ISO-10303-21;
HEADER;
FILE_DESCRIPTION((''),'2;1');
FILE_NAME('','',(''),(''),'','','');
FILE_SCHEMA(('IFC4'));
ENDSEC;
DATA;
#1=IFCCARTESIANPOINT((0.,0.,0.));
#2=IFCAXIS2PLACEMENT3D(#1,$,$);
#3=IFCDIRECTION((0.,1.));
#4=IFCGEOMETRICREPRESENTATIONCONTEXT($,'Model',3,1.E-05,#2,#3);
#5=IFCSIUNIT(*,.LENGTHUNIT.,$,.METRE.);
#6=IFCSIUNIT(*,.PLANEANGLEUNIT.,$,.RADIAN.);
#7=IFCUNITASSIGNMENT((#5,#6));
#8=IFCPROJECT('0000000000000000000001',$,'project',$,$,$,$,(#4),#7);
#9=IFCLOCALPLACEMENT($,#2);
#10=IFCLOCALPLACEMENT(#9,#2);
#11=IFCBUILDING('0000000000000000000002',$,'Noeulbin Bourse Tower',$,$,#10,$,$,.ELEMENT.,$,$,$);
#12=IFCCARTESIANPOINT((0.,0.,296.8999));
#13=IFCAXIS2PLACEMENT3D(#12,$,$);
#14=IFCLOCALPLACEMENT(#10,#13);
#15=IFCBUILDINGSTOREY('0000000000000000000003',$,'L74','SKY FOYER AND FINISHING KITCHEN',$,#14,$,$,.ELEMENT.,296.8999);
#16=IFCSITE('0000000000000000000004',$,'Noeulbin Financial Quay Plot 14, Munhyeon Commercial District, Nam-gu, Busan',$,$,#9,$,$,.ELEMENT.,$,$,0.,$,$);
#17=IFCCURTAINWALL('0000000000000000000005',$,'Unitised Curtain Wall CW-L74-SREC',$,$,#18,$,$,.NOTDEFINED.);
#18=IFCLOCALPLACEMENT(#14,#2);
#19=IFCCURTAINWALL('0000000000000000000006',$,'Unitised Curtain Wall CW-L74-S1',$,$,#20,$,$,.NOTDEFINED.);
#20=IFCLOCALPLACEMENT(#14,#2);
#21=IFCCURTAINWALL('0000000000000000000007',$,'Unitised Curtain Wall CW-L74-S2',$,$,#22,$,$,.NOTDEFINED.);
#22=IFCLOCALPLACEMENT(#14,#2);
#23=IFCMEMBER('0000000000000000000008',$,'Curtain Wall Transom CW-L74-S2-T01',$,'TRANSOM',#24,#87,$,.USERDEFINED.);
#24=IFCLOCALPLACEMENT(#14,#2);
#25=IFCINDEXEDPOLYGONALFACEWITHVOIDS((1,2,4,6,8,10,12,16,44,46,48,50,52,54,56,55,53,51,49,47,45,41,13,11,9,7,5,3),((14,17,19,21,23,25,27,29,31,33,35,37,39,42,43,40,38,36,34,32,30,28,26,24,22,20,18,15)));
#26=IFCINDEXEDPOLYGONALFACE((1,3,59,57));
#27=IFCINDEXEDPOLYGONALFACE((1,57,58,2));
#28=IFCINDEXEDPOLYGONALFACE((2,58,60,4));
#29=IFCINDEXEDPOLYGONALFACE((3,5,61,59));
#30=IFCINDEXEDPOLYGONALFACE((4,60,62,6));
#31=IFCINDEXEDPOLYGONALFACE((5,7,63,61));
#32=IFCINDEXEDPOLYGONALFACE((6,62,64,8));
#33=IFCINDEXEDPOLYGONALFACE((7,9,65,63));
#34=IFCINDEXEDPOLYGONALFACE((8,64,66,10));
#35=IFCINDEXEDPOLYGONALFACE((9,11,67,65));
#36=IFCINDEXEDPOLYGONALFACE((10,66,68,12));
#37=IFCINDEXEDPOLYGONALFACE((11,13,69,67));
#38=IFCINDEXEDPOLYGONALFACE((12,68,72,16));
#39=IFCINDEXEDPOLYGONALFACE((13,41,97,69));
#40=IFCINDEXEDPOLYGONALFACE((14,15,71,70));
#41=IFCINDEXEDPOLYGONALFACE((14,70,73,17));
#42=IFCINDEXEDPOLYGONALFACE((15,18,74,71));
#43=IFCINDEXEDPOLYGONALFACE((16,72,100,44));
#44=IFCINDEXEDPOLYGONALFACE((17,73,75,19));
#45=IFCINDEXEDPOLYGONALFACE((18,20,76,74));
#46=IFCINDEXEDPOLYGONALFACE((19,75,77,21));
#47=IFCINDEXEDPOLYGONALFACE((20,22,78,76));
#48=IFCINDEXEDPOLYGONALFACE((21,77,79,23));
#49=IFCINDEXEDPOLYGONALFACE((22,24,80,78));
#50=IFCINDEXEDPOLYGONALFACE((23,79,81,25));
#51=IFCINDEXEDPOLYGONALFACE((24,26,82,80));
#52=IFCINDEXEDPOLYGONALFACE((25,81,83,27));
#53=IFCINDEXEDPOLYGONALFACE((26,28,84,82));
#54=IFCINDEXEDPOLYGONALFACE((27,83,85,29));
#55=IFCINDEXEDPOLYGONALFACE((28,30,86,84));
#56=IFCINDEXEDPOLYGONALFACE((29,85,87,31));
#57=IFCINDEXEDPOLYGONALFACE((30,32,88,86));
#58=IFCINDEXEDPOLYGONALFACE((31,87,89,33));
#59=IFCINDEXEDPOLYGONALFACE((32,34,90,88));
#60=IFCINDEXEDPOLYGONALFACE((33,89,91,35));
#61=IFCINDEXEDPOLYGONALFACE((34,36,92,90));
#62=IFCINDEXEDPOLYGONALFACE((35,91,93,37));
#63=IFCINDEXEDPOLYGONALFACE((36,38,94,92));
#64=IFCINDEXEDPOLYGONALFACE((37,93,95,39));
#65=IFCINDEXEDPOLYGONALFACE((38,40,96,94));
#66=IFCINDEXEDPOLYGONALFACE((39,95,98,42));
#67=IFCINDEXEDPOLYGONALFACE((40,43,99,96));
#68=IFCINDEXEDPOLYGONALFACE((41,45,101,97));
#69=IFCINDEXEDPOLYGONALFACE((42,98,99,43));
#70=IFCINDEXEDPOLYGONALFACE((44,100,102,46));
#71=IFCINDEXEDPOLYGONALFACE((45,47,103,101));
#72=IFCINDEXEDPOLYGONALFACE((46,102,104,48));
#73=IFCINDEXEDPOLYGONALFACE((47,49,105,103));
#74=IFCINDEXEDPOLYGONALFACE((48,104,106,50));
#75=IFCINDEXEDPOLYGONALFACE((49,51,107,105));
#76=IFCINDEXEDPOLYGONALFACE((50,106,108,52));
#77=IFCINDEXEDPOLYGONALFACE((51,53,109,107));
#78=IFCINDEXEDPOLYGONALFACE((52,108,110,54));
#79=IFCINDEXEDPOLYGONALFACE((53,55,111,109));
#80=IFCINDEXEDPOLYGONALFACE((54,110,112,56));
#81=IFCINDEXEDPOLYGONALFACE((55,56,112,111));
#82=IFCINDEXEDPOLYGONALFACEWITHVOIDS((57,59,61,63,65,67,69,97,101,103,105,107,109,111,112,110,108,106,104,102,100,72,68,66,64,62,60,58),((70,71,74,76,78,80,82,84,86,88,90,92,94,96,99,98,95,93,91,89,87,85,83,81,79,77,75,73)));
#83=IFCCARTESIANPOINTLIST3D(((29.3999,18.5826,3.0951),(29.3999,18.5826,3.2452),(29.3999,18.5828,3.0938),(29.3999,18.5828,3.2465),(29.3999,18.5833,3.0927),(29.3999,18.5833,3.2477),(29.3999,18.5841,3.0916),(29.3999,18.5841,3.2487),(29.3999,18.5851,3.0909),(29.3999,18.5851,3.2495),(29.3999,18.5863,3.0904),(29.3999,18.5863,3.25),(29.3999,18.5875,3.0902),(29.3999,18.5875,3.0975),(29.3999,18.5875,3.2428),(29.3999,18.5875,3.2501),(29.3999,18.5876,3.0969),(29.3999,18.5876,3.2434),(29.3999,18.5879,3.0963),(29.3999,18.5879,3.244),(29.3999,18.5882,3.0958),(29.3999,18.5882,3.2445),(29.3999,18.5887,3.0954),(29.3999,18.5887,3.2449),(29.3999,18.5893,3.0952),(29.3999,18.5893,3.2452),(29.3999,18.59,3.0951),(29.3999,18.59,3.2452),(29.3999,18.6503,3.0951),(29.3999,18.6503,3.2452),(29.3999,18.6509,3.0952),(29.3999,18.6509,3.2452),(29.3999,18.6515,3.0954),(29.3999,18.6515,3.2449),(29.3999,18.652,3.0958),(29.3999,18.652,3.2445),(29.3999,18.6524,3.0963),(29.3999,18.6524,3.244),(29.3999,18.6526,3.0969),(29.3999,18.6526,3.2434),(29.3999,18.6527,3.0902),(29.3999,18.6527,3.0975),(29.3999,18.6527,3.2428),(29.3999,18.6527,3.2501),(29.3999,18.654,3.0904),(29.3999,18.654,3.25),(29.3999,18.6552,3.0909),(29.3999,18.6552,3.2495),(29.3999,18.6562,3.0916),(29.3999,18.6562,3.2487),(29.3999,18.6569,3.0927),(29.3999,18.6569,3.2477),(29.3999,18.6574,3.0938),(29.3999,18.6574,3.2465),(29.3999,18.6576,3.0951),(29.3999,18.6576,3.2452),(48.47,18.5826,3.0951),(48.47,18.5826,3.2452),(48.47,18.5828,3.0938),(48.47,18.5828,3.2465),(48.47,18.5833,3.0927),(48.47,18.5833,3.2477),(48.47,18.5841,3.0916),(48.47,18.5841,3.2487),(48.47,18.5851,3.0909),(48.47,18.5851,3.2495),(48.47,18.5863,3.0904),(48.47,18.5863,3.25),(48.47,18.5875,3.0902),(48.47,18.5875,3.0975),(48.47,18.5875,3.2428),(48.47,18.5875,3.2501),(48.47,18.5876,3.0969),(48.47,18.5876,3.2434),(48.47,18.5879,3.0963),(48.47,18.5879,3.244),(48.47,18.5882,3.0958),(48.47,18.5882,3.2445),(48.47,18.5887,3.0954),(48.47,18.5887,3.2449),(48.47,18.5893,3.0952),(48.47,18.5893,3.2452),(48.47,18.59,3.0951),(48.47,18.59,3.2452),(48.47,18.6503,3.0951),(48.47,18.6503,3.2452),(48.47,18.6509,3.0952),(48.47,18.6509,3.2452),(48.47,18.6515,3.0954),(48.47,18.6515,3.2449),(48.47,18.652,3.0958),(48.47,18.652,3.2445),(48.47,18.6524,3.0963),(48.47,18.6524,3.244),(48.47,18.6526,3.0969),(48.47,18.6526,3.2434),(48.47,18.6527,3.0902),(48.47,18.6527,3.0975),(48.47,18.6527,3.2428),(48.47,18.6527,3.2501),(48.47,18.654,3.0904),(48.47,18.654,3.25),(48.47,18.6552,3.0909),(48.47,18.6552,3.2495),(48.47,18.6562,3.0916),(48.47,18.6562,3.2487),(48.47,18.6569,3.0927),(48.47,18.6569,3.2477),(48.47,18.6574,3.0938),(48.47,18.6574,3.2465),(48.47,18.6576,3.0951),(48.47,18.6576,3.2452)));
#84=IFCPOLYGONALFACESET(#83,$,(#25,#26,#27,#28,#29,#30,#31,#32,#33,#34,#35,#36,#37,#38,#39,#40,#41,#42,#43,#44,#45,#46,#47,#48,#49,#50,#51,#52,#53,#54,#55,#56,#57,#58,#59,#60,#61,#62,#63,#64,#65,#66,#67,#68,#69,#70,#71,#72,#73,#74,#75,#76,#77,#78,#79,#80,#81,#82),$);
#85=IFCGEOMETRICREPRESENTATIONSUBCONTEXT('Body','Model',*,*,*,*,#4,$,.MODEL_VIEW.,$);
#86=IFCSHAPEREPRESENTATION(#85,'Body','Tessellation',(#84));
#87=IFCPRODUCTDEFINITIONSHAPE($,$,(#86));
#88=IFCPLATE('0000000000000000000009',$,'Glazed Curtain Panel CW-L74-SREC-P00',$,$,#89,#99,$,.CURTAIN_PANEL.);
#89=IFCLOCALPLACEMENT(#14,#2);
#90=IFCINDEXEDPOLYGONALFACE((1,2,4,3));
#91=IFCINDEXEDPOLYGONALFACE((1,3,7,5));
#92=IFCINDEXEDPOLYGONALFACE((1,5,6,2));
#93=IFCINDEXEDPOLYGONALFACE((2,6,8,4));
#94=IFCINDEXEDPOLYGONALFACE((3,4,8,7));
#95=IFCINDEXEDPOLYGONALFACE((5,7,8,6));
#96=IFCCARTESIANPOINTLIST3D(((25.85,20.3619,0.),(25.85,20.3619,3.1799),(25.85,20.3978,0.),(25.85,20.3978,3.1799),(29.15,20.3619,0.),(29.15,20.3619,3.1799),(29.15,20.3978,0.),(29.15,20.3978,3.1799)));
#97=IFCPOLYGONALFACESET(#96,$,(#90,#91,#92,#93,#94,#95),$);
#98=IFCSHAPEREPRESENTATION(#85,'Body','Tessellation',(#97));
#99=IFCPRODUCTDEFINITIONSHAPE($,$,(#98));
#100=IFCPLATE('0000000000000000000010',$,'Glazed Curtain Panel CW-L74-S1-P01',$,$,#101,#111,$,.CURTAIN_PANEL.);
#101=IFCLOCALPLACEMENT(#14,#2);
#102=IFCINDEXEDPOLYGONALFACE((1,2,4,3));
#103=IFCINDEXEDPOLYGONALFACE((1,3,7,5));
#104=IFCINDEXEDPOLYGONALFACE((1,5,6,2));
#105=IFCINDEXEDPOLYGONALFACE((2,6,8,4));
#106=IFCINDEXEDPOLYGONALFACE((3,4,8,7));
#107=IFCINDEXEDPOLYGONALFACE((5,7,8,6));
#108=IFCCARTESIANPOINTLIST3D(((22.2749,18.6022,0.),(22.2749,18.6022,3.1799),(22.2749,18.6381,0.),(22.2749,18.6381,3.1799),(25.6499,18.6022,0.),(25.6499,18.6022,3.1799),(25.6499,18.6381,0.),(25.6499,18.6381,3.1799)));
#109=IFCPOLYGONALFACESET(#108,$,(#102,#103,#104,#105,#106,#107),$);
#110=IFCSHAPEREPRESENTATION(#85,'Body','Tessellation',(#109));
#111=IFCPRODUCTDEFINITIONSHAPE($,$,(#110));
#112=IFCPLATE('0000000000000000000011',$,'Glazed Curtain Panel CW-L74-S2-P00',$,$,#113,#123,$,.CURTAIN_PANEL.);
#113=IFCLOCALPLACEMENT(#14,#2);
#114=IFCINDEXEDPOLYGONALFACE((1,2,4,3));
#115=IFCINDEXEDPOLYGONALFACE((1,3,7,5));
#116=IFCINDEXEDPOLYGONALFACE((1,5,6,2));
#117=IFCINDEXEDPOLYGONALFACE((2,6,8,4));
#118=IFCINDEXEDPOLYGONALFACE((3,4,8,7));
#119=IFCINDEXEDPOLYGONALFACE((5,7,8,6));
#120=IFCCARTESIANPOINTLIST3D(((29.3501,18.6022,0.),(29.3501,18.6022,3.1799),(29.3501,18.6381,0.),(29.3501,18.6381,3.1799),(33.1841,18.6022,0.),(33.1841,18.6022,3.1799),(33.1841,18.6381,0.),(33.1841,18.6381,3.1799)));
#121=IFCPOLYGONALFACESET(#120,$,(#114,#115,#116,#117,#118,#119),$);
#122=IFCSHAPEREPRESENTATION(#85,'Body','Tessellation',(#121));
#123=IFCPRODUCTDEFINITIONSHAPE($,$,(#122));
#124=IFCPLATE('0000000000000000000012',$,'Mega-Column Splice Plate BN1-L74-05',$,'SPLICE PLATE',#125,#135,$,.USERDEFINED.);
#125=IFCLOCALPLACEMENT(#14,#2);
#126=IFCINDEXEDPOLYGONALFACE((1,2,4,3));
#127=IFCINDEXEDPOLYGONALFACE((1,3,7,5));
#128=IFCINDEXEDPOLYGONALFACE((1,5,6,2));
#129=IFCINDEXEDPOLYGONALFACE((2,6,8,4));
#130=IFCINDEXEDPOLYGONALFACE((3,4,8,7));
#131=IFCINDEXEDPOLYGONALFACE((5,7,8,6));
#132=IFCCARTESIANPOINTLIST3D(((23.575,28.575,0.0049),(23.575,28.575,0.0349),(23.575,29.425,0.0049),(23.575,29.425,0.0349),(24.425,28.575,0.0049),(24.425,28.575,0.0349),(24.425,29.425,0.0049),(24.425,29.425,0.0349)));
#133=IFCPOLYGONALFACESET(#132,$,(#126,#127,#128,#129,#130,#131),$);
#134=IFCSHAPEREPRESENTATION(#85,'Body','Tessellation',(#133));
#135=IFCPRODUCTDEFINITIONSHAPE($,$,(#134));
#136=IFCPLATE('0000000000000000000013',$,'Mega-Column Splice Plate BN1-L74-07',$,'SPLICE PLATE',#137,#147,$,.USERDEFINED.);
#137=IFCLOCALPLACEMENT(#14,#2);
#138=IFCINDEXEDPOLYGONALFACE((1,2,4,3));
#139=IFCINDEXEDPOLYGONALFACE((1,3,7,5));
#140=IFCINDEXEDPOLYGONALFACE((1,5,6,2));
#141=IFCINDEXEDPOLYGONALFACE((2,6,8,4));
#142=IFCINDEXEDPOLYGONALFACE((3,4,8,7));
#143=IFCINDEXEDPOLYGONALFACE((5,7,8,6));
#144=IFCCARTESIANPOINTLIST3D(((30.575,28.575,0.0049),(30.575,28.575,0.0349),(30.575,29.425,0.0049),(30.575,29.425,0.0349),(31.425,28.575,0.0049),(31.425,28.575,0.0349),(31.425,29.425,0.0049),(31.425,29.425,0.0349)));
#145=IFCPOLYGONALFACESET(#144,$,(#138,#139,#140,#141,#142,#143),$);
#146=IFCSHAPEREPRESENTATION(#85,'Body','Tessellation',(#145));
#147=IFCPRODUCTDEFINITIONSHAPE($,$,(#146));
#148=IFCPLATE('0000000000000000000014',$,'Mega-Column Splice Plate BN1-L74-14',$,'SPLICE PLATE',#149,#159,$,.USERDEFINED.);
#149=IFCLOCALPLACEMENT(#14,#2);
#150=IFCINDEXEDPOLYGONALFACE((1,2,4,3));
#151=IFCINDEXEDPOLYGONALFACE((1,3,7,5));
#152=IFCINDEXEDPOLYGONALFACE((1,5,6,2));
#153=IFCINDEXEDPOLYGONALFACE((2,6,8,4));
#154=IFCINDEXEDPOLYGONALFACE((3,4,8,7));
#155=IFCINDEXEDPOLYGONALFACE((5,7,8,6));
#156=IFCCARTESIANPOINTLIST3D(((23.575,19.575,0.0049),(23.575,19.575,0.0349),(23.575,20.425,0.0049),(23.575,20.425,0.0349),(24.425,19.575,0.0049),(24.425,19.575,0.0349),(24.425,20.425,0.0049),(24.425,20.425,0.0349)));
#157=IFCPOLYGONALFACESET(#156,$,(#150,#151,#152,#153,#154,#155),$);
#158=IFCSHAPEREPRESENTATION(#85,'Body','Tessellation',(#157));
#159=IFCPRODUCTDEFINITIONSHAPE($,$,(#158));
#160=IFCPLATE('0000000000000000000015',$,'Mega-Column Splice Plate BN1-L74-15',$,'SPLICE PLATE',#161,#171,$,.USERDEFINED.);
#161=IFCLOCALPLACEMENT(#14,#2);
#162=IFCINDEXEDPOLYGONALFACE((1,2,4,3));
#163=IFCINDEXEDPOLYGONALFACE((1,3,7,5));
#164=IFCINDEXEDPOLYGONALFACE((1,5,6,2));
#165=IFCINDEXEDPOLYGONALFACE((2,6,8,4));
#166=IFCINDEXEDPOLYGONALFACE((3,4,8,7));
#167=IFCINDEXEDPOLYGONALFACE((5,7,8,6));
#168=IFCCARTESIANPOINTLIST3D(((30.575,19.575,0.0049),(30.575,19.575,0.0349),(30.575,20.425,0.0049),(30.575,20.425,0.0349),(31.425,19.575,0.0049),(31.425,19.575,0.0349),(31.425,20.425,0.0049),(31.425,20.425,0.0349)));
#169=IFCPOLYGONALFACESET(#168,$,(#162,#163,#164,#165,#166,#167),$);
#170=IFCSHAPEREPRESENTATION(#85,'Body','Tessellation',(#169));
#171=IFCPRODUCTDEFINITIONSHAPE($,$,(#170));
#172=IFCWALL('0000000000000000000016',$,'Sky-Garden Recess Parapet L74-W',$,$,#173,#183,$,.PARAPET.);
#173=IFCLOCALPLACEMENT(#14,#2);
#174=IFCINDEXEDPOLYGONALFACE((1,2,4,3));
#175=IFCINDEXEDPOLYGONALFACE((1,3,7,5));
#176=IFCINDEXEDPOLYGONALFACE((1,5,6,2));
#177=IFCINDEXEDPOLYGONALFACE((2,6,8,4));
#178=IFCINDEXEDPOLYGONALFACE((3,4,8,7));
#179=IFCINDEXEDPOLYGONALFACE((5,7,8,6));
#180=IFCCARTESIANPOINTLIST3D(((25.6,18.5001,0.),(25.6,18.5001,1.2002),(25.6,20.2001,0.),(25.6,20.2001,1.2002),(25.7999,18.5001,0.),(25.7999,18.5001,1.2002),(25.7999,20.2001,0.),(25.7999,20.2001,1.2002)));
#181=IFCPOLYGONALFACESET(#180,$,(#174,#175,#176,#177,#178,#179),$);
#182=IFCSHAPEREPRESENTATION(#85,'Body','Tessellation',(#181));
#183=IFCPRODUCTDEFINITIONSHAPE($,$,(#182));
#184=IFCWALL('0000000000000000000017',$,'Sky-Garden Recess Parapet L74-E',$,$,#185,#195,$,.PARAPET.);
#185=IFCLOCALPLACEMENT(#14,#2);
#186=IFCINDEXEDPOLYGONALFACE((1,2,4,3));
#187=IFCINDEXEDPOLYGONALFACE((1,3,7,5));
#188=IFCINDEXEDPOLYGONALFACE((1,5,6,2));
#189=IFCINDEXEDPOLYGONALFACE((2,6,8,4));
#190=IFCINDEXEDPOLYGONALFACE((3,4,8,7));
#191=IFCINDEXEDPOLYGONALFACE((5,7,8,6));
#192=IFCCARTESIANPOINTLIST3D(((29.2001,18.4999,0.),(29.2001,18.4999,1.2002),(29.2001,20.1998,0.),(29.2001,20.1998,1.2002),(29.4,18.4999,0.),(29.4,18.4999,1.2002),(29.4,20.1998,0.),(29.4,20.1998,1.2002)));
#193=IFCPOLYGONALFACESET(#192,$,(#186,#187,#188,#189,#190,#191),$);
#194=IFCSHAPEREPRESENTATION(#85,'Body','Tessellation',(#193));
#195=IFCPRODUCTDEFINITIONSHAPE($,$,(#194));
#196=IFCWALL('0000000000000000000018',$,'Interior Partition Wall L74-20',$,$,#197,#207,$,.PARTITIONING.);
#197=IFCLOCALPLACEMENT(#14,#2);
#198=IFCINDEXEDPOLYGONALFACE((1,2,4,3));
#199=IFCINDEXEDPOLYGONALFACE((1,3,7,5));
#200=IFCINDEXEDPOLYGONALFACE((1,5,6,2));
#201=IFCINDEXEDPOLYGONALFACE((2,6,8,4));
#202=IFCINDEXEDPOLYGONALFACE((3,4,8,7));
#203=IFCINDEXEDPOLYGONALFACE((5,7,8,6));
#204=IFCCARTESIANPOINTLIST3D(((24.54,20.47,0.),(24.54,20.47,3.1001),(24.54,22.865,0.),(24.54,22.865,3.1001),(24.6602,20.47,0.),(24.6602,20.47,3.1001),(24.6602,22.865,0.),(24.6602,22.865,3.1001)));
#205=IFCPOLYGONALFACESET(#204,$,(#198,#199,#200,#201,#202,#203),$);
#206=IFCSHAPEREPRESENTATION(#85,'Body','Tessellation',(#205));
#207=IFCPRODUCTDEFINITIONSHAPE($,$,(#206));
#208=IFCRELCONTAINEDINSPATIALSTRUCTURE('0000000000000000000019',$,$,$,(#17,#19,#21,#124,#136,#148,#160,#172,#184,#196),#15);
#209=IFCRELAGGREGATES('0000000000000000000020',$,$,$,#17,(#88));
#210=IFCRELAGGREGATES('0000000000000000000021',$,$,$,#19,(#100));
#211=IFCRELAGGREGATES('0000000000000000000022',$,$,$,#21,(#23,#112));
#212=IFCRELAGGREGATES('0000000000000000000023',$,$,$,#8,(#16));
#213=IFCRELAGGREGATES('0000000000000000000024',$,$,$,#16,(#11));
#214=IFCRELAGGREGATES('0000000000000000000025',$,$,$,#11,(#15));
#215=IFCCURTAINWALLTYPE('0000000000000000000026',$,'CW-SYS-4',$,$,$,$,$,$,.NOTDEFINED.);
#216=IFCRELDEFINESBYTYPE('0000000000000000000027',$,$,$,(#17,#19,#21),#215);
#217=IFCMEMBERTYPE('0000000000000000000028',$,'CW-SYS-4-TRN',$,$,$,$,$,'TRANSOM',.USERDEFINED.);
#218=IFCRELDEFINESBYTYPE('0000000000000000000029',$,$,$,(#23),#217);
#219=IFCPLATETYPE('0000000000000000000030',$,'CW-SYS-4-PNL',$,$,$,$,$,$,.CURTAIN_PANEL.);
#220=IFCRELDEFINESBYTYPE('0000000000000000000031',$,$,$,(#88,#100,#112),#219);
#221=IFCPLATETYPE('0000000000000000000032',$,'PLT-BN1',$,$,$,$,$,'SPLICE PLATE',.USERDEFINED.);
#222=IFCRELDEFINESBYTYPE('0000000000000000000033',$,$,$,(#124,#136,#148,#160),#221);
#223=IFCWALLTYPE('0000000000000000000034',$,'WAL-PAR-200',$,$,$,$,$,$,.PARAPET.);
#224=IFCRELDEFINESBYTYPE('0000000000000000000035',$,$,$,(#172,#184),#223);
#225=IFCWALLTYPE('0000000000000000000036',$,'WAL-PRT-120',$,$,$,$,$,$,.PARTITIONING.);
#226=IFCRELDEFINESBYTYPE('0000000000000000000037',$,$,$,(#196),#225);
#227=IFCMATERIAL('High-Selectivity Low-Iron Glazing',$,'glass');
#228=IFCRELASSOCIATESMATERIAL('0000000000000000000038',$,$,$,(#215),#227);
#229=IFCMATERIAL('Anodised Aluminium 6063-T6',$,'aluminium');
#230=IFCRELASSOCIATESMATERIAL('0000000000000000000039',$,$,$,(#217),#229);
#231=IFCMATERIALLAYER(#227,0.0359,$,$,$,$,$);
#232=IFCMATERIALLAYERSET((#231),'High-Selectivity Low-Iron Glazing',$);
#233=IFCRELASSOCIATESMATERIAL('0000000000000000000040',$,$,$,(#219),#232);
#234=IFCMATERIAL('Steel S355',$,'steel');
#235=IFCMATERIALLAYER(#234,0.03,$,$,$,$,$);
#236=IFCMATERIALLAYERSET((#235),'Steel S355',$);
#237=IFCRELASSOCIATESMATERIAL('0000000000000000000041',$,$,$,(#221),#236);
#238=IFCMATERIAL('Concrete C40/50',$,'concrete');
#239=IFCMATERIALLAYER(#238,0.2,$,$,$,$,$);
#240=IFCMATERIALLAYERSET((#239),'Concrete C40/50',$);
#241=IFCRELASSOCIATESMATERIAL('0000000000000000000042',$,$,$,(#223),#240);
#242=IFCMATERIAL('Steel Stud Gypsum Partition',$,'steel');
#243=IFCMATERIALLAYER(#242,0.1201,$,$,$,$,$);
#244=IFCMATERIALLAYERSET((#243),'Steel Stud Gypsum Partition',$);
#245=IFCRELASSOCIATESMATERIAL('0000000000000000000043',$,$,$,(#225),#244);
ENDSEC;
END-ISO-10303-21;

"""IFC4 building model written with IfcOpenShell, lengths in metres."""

from ifc_helpers import new_model, si_unit, direction, frame, frame_2d, origin, origin_2d, place, context, subcontext, project, spatial, rectangle, hollow_rectangle, extrude, material, layer, layer_set, material_profile, profile_set, type_object, element, aggregate, save


model = new_model("IFC4")

# Units and contexts
model_context = context("Model", 3, precision=1e-05, world=origin(), true_north=direction((0.0, 1.0)))
body_context = subcontext(model_context, "Body", "Model", "MODEL_VIEW")
ifc_project = project(units=[si_unit("LENGTHUNIT", "METRE"), si_unit("PLANEANGLEUNIT", "RADIAN")], contexts=[model_context])

# Site, building, storey
site_placement = place(None, origin())
site = spatial("IfcSite", under=ifc_project, at=site_placement, Name="Noeulbin Financial Quay Plot 14, Munhyeon Commercial District, Nam-gu, Busan", CompositionType="ELEMENT", RefElevation=0.0)
building_placement = place(site_placement, origin())
building = spatial("IfcBuilding", under=site, at=building_placement, Name="Noeulbin Bourse Tower", CompositionType="ELEMENT")
storey_placement = place(building_placement, frame((0.0, 0.0, 296.8999)))
storey = spatial("IfcBuildingStorey", under=building, at=storey_placement, Name="L74", Description="SKY FOYER AND FINISHING KITCHEN", CompositionType="ELEMENT", Elevation=296.8999)

# Shared definitions
ifc_material_1 = material(Name="Steel S355", Category="steel")

# Curtain walls
ifc_material_2 = material(Name="High-Selectivity Low-Iron Glazing", Category="glass")
curtain_wall_type = type_object("IfcCurtainWallType", Name="CW-SYS-4", PredefinedType="NOTDEFINED", material=ifc_material_2)
curtain_wall_1_placement = place(storey_placement, origin())
curtain_wall_1 = element("IfcCurtainWall", 1, at=curtain_wall_1_placement, inside=storey, type_object=curtain_wall_type, Name="Unitised Curtain Wall CW-L74-SREC", PredefinedType="NOTDEFINED")
ifc_material_3 = material(Name="Anodised Aluminium 6063-T6", Category="aluminium")
curtain_wall_2_placement = place(storey_placement, origin())
curtain_wall_2 = element("IfcCurtainWall", 2, at=curtain_wall_2_placement, inside=storey, type_object=curtain_wall_type, Name="Unitised Curtain Wall CW-L74-S1", PredefinedType="NOTDEFINED")

# Curtain wall
curtain_wall_3_placement = place(storey_placement, origin())
curtain_wall_3 = element("IfcCurtainWall", 3, at=curtain_wall_3_placement, inside=storey, type_object=curtain_wall_type, Name="Unitised Curtain Wall CW-L74-S2", PredefinedType="NOTDEFINED")

# Member
ifc_material_profile_1 = material_profile(ifc_material_3, hollow_rectangle(XDim=0.075, YDim=0.1599, WallThickness=0.0049, InnerFilletRadius=0.0024, OuterFilletRadius=0.0049, at=origin_2d()), Name="ALU-TRAN-75x160x5", Category="LoadBearing")
ifc_profile_set_1 = profile_set([ifc_material_profile_1], Name="Anodised Aluminium 6063-T6")
member_type_1 = type_object("IfcMemberType", Name="CW-SYS-4-TRN", ElementType="TRANSOM", PredefinedType="USERDEFINED", material=ifc_profile_set_1)
member_1_placement = place(storey_placement, frame((29.3999, 18.6201, 3.1702), z_axis=(1.0, 0.0, 0.0), x_axis=(0.0, 1.0, 0.0)))
member_1 = element("IfcMember", 4, at=member_1_placement, type_object=member_type_1, Name="Curtain Wall Transom CW-L74-S2-T01", ObjectType="TRANSOM", PredefinedType="USERDEFINED", context=body_context, shape_type="SweptSolid", body=[
    extrude(hollow_rectangle(XDim=0.075, YDim=0.1599, WallThickness=0.0049, InnerFilletRadius=0.0024, OuterFilletRadius=0.0049, at=origin_2d()), origin(), (0.0, 0.0, 1.0), 19.0701),
])

# Plates
ifc_layer_1 = layer(ifc_material_2, 0.0359)
ifc_layer_set_1 = layer_set([ifc_layer_1], Name="High-Selectivity Low-Iron Glazing")
plate_type_1 = type_object("IfcPlateType", Name="CW-SYS-4-PNL", PredefinedType="CURTAIN_PANEL", material=ifc_layer_set_1)
plate_1_placement = place(storey_placement, frame((27.5, 20.3799, 0.0), z_axis=(0.0, 0.0, 1.0), x_axis=(1.0, 0.0, 0.0)))
plate_1 = element("IfcPlate", 5, at=plate_1_placement, type_object=plate_type_1, Name="Glazed Curtain Panel CW-L74-SREC-P00", PredefinedType="CURTAIN_PANEL", context=body_context, shape_type="SweptSolid", body=[
    extrude(rectangle(XDim=3.3, YDim=0.0359, at=origin_2d()), origin(), (0.0, 0.0, 1.0), 3.1799),
])
aggregate(curtain_wall_1, [plate_1])
plate_2_placement = place(storey_placement, frame((23.9624, 18.6201, 0.0), z_axis=(0.0, 0.0, 1.0), x_axis=(1.0, 0.0, 0.0)))
plate_2 = element("IfcPlate", 6, at=plate_2_placement, type_object=plate_type_1, Name="Glazed Curtain Panel CW-L74-S1-P01", PredefinedType="CURTAIN_PANEL", context=body_context, shape_type="SweptSolid", body=[
    extrude(rectangle(XDim=3.375, YDim=0.0359, at=origin_2d()), origin(), (0.0, 0.0, 1.0), 3.1799),
])
aggregate(curtain_wall_2, [plate_2])
plate_3_placement = place(storey_placement, frame((31.2671, 18.6201, 0.0), z_axis=(0.0, 0.0, 1.0), x_axis=(1.0, 0.0, 0.0)))
plate_3 = element("IfcPlate", 7, at=plate_3_placement, type_object=plate_type_1, Name="Glazed Curtain Panel CW-L74-S2-P00", PredefinedType="CURTAIN_PANEL", context=body_context, shape_type="SweptSolid", body=[
    extrude(rectangle(XDim=3.834, YDim=0.0359, at=origin_2d()), origin(), (0.0, 0.0, 1.0), 3.1799),
])
aggregate(curtain_wall_3, [member_1, plate_3])

# Plates
ifc_layer_2 = layer(ifc_material_1, 0.03)
ifc_layer_set_2 = layer_set([ifc_layer_2], Name="Steel S355")
plate_type_2 = type_object("IfcPlateType", Name="PLT-BN1", ElementType="SPLICE PLATE", PredefinedType="USERDEFINED", material=ifc_layer_set_2)
for number, where, z_axis, x_axis, name in (
    (8, (24.0, 29.0, 0.0049), (0.0, 0.0, 1.0), (1.0, 0.0, 0.0), "Mega-Column Splice Plate BN1-L74-05"),
    (9, (31.0, 29.0, 0.0049), (0.0, 0.0, 1.0), (1.0, 0.0, 0.0), "Mega-Column Splice Plate BN1-L74-07"),
    (10, (24.0, 20.0, 0.0049), (0.0, 0.0, 1.0), (1.0, 0.0, 0.0), "Mega-Column Splice Plate BN1-L74-14"),
    (11, (31.0, 20.0, 0.0049), (0.0, 0.0, 1.0), (1.0, 0.0, 0.0), "Mega-Column Splice Plate BN1-L74-15"),
):
    element("IfcPlate", number, at=place(storey_placement, frame(where, z_axis=z_axis, x_axis=x_axis)), inside=storey, type_object=plate_type_2, Name=name, ObjectType="SPLICE PLATE", PredefinedType="USERDEFINED", context=body_context, shape_type="SweptSolid", body=[
        extrude(rectangle(XDim=0.8501, YDim=0.8501, at=origin_2d()), origin(), (0.0, 0.0, 1.0), 0.03),
    ])

# Walls
ifc_material_4 = material(Name="Concrete C40/50", Category="concrete")
ifc_layer_3 = layer(ifc_material_4, 0.2)
ifc_layer_set_3 = layer_set([ifc_layer_3], Name="Concrete C40/50")
wall_type_1 = type_object("IfcWallType", Name="WAL-PAR-200", PredefinedType="PARAPET", material=ifc_layer_set_3)
for number, where, z_axis, x_axis, name in (
    (12, (25.7, 18.5, 0.0), (0.0, 0.0, 1.0), (0.0, 1.0, 0.0), "Sky-Garden Recess Parapet L74-W"),
    (13, (29.3, 20.2, 0.0), (0.0, 0.0, 1.0), (0.0, -1.0, 0.0), "Sky-Garden Recess Parapet L74-E"),
):
    element("IfcWall", number, at=place(storey_placement, frame(where, z_axis=z_axis, x_axis=x_axis)), inside=storey, type_object=wall_type_1, Name=name, PredefinedType="PARAPET", context=body_context, shape_type="SweptSolid", body=[
        extrude(rectangle(XDim=1.7, YDim=0.2, at=frame_2d((0.8501, 0.0))), origin(), (0.0, 0.0, 1.0), 1.2002),
    ])
ifc_material_5 = material(Name="Steel Stud Gypsum Partition", Category="steel")
ifc_layer_4 = layer(ifc_material_5, 0.1201)
ifc_layer_set_4 = layer_set([ifc_layer_4], Name="Steel Stud Gypsum Partition")
wall_type_2 = type_object("IfcWallType", Name="WAL-PRT-120", PredefinedType="PARTITIONING", material=ifc_layer_set_4)
wall_placement = place(storey_placement, frame((24.6001, 20.47, 0.0), z_axis=(0.0, 0.0, 1.0), x_axis=(0.0, 1.0, 0.0)))
element("IfcWall", 14, at=wall_placement, inside=storey, type_object=wall_type_2, Name="Interior Partition Wall L74-20", PredefinedType="PARTITIONING", context=body_context, shape_type="SweptSolid", body=[
    extrude(rectangle(XDim=2.395, YDim=0.1201, at=frame_2d((1.1975, 0.0))), origin(), (0.0, 0.0, 1.0), 3.1001),
])

save(model, "model.ifc")
